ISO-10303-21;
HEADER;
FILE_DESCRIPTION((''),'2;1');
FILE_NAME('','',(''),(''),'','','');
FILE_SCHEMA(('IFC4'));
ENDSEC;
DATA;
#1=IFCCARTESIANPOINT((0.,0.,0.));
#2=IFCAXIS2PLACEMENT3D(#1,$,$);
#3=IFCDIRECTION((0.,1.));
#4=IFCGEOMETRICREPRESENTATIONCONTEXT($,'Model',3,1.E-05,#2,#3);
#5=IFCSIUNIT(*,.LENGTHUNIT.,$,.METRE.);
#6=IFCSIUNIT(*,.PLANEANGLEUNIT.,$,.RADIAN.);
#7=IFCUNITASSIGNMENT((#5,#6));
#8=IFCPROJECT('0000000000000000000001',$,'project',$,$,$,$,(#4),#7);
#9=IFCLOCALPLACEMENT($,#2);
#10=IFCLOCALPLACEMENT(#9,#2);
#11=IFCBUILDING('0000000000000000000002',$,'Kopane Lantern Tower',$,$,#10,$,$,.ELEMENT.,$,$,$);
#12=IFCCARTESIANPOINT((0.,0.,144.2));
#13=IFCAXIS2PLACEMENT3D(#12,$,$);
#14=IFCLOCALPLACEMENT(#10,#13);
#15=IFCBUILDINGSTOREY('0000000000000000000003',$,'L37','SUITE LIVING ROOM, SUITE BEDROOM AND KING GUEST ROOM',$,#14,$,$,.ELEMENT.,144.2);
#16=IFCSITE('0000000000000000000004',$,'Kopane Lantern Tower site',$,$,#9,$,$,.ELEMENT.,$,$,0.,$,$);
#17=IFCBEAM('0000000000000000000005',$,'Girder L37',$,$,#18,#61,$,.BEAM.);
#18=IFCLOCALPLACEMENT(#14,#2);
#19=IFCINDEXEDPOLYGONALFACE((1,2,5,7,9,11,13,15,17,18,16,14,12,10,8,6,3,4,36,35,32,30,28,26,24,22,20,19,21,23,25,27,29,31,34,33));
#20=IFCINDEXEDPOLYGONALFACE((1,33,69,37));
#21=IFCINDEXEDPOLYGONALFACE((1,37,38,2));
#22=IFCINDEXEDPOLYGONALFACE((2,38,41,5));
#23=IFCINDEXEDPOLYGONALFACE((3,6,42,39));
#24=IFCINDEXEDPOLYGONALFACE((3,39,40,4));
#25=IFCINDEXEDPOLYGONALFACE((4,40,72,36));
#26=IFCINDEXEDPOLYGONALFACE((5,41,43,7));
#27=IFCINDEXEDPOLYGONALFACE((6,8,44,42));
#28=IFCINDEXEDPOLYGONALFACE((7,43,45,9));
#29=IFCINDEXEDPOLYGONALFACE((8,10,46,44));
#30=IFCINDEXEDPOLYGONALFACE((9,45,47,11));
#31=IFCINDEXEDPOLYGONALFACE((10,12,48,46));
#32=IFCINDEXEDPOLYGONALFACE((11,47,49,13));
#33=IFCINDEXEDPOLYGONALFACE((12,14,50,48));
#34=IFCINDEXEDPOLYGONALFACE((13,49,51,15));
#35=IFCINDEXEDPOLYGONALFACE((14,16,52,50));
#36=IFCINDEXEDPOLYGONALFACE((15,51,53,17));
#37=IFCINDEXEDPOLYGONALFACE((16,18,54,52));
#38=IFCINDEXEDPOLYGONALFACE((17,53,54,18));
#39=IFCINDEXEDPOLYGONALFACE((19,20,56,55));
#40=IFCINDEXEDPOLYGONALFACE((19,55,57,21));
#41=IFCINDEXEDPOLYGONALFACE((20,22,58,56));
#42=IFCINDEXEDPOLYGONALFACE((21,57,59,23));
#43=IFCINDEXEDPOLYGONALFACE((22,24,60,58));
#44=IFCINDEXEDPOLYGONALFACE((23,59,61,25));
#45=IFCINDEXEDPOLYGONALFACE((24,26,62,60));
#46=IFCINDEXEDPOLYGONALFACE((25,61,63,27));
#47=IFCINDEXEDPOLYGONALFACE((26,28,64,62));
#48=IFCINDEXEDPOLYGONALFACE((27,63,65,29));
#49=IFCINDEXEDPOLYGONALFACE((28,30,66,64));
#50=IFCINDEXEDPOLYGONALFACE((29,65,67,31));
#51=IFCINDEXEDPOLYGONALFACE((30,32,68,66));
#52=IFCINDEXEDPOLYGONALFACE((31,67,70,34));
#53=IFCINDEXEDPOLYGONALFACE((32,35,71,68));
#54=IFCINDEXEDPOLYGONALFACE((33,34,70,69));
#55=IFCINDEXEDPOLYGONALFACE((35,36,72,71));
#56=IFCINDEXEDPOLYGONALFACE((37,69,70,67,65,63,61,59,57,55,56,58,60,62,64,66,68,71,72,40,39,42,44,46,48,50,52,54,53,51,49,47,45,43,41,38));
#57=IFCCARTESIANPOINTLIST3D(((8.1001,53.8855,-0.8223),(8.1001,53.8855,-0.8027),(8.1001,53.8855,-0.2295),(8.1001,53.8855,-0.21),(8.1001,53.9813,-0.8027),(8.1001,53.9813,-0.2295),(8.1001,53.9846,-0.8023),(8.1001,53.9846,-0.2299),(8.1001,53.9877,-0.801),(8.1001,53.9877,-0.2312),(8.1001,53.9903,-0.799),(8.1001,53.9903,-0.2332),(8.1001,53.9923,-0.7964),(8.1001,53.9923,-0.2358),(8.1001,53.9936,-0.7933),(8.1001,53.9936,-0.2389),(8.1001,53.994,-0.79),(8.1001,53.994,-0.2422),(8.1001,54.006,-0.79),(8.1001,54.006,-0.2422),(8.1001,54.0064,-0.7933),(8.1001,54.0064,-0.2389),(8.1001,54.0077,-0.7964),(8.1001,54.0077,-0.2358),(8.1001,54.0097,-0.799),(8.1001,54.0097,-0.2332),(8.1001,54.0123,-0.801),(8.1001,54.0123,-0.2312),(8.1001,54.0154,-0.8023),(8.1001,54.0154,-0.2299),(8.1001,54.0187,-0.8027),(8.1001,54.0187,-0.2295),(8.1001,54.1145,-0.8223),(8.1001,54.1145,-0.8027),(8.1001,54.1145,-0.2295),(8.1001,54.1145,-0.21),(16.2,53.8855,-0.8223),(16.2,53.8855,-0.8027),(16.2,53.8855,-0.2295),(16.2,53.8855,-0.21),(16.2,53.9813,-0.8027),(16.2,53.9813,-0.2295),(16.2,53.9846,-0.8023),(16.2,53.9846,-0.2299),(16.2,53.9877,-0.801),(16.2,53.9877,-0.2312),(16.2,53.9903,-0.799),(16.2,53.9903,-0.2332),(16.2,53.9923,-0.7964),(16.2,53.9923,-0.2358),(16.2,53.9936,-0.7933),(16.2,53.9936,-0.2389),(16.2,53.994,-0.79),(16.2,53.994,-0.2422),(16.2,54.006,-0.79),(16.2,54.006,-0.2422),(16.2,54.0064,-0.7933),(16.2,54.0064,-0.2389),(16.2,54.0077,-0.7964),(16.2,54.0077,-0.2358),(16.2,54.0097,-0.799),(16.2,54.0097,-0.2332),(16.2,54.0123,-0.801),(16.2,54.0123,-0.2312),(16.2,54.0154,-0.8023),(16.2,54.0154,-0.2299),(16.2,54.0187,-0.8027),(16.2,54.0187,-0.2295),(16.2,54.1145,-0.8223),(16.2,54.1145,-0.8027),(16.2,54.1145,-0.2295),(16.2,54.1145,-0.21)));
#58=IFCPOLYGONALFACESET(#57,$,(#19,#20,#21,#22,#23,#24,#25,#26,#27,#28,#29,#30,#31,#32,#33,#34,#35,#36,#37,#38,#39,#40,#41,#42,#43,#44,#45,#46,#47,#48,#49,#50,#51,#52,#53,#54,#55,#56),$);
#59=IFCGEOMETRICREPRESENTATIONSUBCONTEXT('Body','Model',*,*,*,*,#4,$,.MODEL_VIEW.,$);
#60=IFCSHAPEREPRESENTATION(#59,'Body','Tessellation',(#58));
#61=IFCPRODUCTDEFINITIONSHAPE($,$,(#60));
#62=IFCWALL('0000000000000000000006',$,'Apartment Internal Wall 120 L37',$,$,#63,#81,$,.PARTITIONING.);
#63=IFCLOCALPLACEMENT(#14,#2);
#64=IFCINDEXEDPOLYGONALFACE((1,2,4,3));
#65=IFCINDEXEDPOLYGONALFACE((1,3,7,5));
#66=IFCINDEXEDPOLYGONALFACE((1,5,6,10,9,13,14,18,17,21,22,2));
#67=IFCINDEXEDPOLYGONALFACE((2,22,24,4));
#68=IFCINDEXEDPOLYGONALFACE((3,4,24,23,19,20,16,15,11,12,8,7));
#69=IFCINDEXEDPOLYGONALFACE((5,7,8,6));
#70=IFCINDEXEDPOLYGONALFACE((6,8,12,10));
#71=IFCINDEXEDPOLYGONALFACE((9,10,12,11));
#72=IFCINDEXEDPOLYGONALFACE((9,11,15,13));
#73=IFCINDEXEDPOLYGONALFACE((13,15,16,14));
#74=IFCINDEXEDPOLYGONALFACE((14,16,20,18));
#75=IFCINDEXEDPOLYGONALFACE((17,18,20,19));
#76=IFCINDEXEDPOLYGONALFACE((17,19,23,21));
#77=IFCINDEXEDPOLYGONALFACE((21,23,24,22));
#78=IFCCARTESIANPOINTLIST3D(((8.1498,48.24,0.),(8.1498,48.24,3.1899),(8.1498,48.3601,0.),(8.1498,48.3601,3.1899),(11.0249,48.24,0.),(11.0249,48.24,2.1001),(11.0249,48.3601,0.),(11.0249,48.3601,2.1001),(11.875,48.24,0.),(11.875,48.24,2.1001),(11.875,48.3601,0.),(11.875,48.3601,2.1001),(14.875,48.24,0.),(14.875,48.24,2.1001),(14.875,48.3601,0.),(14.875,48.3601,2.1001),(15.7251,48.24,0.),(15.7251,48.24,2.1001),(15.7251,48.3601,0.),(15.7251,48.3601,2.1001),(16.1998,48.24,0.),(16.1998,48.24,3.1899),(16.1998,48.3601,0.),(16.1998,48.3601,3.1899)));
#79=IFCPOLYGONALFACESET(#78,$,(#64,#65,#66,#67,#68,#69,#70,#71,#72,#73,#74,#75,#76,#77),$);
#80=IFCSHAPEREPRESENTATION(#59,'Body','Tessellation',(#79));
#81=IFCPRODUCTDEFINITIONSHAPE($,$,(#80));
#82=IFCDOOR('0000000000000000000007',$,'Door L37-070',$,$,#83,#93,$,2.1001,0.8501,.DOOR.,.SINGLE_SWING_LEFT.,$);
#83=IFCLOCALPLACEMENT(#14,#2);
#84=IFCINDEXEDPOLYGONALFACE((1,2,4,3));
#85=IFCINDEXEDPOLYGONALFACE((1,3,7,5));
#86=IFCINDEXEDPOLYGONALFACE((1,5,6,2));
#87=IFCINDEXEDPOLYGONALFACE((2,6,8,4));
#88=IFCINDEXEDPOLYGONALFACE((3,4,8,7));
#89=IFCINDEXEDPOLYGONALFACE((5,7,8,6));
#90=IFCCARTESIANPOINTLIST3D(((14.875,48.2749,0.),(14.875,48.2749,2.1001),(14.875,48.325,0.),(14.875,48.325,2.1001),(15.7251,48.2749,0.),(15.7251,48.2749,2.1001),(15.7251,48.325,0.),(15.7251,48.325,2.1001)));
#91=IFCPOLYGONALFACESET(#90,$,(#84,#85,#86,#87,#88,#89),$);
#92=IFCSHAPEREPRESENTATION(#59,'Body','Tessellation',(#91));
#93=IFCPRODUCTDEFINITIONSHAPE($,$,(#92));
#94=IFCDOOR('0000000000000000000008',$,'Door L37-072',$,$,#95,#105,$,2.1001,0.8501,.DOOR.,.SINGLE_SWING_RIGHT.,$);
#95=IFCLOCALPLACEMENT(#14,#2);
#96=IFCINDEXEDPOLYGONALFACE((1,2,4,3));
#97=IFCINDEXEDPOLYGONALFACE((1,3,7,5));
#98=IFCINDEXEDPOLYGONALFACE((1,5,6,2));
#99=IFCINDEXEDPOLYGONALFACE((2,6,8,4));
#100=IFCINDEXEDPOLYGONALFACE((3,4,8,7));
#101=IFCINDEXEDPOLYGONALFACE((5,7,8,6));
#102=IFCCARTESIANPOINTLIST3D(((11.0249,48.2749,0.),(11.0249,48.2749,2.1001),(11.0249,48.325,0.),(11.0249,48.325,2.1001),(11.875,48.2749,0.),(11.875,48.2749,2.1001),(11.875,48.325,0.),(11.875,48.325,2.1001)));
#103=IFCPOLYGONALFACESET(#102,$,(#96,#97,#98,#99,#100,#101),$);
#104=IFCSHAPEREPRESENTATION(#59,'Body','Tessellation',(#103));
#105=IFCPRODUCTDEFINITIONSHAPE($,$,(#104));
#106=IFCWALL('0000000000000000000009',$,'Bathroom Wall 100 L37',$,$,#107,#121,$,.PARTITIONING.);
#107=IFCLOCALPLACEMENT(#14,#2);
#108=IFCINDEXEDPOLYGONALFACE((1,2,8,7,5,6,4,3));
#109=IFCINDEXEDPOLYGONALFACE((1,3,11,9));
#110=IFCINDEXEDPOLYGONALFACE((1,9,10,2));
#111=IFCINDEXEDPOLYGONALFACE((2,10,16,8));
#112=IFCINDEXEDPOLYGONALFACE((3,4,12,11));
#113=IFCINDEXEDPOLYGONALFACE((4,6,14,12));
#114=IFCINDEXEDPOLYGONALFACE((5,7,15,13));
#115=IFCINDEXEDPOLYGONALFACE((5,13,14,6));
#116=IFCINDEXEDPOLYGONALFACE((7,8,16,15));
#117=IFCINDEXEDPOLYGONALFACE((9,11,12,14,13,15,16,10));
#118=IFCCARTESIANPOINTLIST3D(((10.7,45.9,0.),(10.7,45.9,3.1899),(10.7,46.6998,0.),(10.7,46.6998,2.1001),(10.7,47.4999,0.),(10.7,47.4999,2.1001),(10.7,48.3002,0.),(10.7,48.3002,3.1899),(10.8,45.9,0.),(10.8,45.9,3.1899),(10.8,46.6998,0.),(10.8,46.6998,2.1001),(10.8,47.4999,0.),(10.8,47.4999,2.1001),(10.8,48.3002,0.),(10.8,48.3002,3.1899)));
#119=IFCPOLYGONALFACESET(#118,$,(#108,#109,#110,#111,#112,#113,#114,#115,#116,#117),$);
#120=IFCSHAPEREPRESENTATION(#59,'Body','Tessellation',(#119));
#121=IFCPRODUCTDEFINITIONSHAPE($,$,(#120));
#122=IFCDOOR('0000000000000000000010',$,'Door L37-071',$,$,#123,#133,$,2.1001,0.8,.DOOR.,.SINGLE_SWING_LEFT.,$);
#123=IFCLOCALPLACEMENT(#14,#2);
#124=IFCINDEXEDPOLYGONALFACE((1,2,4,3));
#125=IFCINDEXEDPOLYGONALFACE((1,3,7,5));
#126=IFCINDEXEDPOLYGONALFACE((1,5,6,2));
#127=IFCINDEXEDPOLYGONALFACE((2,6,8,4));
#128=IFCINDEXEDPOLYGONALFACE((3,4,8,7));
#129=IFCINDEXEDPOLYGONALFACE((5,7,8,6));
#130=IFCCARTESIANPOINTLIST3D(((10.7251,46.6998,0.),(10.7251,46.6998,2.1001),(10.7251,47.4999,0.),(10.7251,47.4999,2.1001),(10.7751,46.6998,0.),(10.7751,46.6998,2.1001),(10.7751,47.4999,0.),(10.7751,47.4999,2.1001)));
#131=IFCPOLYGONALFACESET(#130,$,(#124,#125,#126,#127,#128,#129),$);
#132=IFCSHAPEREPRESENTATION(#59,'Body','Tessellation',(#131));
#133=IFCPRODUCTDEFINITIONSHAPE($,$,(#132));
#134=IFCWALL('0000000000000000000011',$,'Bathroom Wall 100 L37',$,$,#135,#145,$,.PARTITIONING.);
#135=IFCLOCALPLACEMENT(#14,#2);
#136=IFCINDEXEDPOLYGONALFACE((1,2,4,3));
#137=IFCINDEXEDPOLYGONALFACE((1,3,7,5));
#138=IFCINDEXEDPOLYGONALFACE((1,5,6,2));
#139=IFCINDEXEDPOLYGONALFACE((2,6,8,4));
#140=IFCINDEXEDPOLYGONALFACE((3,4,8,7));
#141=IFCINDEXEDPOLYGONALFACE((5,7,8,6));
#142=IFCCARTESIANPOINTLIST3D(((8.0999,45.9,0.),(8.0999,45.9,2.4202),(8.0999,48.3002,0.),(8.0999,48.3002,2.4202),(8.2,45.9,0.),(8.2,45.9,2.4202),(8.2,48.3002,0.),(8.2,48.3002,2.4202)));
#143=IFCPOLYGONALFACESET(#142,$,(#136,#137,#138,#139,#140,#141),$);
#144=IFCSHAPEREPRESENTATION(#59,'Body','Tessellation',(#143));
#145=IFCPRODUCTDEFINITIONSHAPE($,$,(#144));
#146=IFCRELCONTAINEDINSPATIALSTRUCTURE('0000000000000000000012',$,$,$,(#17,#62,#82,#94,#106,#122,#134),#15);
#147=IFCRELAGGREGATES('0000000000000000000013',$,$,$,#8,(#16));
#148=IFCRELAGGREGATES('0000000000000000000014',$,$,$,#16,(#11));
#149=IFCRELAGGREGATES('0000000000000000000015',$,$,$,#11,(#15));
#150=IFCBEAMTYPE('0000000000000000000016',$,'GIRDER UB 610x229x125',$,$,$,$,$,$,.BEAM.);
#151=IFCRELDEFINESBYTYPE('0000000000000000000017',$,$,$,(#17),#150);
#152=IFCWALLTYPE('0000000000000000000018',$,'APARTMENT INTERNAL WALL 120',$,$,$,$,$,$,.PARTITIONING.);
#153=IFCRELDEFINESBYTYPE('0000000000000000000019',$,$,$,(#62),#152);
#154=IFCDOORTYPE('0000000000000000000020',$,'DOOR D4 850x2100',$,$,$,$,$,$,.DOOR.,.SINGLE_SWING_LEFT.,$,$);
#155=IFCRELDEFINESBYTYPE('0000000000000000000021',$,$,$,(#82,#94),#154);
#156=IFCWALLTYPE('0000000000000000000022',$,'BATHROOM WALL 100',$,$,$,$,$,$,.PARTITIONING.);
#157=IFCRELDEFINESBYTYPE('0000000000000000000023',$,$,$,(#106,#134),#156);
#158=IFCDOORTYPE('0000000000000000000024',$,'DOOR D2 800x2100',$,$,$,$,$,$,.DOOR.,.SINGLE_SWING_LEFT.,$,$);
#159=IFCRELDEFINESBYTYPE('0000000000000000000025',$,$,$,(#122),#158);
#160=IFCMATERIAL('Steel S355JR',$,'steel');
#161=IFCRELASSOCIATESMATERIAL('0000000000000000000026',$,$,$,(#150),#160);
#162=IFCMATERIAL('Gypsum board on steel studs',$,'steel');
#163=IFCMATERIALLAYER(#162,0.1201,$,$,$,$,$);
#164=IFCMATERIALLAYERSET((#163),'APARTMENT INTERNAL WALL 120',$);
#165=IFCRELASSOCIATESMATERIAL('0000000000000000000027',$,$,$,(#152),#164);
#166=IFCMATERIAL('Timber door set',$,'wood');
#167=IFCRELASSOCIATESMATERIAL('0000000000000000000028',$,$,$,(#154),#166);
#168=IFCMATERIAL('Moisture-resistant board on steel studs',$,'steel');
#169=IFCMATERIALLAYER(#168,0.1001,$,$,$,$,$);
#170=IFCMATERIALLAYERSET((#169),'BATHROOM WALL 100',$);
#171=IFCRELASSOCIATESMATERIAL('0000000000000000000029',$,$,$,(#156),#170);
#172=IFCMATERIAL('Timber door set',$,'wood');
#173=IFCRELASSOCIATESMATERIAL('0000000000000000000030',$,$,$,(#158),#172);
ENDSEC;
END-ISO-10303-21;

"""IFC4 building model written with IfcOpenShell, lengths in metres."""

from ifc_helpers import new_model, si_unit, direction, frame, frame_2d, origin, origin_2d, place, context, subcontext, project, spatial, rectangle, i_section, extrude, material, layer, layer_set, material_profile, profile_set, type_object, element, fill, save


model = new_model("IFC4")

# Units and contexts
model_context = context("Model", 3, precision=1e-05, world=origin(), true_north=direction((0.0, 1.0)))
body_context = subcontext(model_context, "Body", "Model", "MODEL_VIEW")
ifc_project = project(units=[si_unit("LENGTHUNIT", "METRE"), si_unit("PLANEANGLEUNIT", "RADIAN")], contexts=[model_context])

# Site, building, storey
site_placement = place(None, origin())
site = spatial("IfcSite", under=ifc_project, at=site_placement, Name="Kopane Lantern Tower site", CompositionType="ELEMENT", RefElevation=0.0)
building_placement = place(site_placement, origin())
building = spatial("IfcBuilding", under=site, at=building_placement, Name="Kopane Lantern Tower", CompositionType="ELEMENT")
storey_placement = place(building_placement, frame((0.0, 0.0, 144.2)))
storey = spatial("IfcBuildingStorey", under=building, at=storey_placement, Name="L37", Description="SUITE LIVING ROOM, SUITE BEDROOM AND KING GUEST ROOM", CompositionType="ELEMENT", Elevation=144.2)

# Beam
ifc_material_1 = material(Name="Steel S355JR", Category="steel")
ifc_material_profile_1 = material_profile(ifc_material_1, i_section(OverallWidth=0.229, OverallDepth=0.6123, WebThickness=0.012, FlangeThickness=0.0195, FilletRadius=0.0127, at=origin_2d()), Name="UB 610x229x125")
ifc_profile_set_1 = profile_set([ifc_material_profile_1], Name="Steel S355JR")
beam_type_1 = type_object("IfcBeamType", Name="GIRDER UB 610x229x125", PredefinedType="BEAM", material=ifc_profile_set_1)
beam_1_placement = place(storey_placement, frame((8.1001, 54.0, -0.5161), z_axis=(1.0, 0.0, 0.0), x_axis=(0.0, 1.0, 0.0)))
element("IfcBeam", 1, at=beam_1_placement, inside=storey, type_object=beam_type_1, Name="Girder L37", PredefinedType="BEAM", context=body_context, shape_type="SweptSolid", body=[
    extrude(i_section(OverallWidth=0.229, OverallDepth=0.6123, WebThickness=0.012, FlangeThickness=0.0195, FilletRadius=0.0127, at=origin_2d()), origin(), (0.0, 0.0, 1.0), 8.0999),
])

# Wall, openings, doors
ifc_material_2 = material(Name="Gypsum board on steel studs", Category="steel")
ifc_layer_1 = layer(ifc_material_2, 0.1201)
ifc_layer_set_1 = layer_set([ifc_layer_1], Name="APARTMENT INTERNAL WALL 120")
wall_type_1 = type_object("IfcWallType", Name="APARTMENT INTERNAL WALL 120", PredefinedType="PARTITIONING", material=ifc_layer_set_1)
wall_1_placement = place(storey_placement, frame((8.1499, 48.3, 0.0), z_axis=(0.0, 0.0, 1.0), x_axis=(1.0, 0.0, 0.0)))
wall_1 = element("IfcWall", 2, at=wall_1_placement, inside=storey, type_object=wall_type_1, Name="Apartment Internal Wall 120 L37", PredefinedType="PARTITIONING", context=body_context, shape_type="SweptSolid", body=[
    extrude(rectangle(XDim=8.05, YDim=0.1201, at=frame_2d((4.0249, 0.0))), origin(), (0.0, 0.0, 1.0), 3.1899),
])
opening_1_placement = place(wall_1_placement, frame((6.7251, 0.0, 0.0)))
opening_1 = element("IfcOpeningElement", 3, at=opening_1_placement, cuts=wall_1, PredefinedType="OPENING", context=body_context, shape_type="SweptSolid", body=[
    extrude(rectangle(XDim=0.8501, YDim=2.1001, at=frame_2d((0.425, 1.05))), frame((0.0, 0.0701, 0.0), z_axis=(0.0, -1.0, 0.0), x_axis=(1.0, 0.0, 0.0)), (0.0, 0.0, 1.0), 0.1401),
])
opening_2_placement = place(wall_1_placement, frame((2.875, 0.0, 0.0)))
opening_2 = element("IfcOpeningElement", 4, at=opening_2_placement, cuts=wall_1, PredefinedType="OPENING", context=body_context, shape_type="SweptSolid", body=[
    extrude(rectangle(XDim=0.8501, YDim=2.1001, at=frame_2d((0.425, 1.05))), frame((0.0, 0.0701, 0.0), z_axis=(0.0, -1.0, 0.0), x_axis=(1.0, 0.0, 0.0)), (0.0, 0.0, 1.0), 0.1401),
])
ifc_material_3 = material(Name="Timber door set", Category="wood")
door_type_1 = type_object("IfcDoorType", Name="DOOR D4 850x2100", OperationType="SINGLE_SWING_LEFT", PredefinedType="DOOR", material=ifc_material_3)
door_1_placement = place(opening_1_placement, origin())
door_1 = element("IfcDoor", 5, at=door_1_placement, inside=storey, type_object=door_type_1, Name="Door L37-070", OperationType="SINGLE_SWING_LEFT", OverallHeight=2.1001, OverallWidth=0.8501, PredefinedType="DOOR", context=body_context, shape_type="SweptSolid", body=[
    extrude(rectangle(XDim=0.8501, YDim=2.1001, at=frame_2d((0.425, 1.05))), frame((0.0, 0.0249, 0.0), z_axis=(0.0, -1.0, 0.0), x_axis=(1.0, 0.0, 0.0)), (0.0, 0.0, 1.0), 0.05),
])
fill(opening_1, door_1)
door_2_placement = place(opening_2_placement, origin())
door_2 = element("IfcDoor", 6, at=door_2_placement, inside=storey, type_object=door_type_1, Name="Door L37-072", OperationType="SINGLE_SWING_RIGHT", OverallHeight=2.1001, OverallWidth=0.8501, PredefinedType="DOOR", context=body_context, shape_type="SweptSolid", body=[
    extrude(rectangle(XDim=0.8501, YDim=2.1001, at=frame_2d((0.425, 1.05))), frame((0.0, 0.0249, 0.0), z_axis=(0.0, -1.0, 0.0), x_axis=(1.0, 0.0, 0.0)), (0.0, 0.0, 1.0), 0.05),
])
fill(opening_2, door_2)

# Wall, opening, door
ifc_material_4 = material(Name="Moisture-resistant board on steel studs", Category="steel")
ifc_layer_2 = layer(ifc_material_4, 0.1001)
ifc_layer_set_2 = layer_set([ifc_layer_2], Name="BATHROOM WALL 100")
wall_type_2 = type_object("IfcWallType", Name="BATHROOM WALL 100", PredefinedType="PARTITIONING", material=ifc_layer_set_2)
wall_2_placement = place(storey_placement, frame((10.75, 45.8999, 0.0), z_axis=(0.0, 0.0, 1.0), x_axis=(0.0, 1.0, 0.0)))
wall_2 = element("IfcWall", 7, at=wall_2_placement, inside=storey, type_object=wall_type_2, Name="Bathroom Wall 100 L37", PredefinedType="PARTITIONING", context=body_context, shape_type="SweptSolid", body=[
    extrude(rectangle(XDim=2.4001, YDim=0.1001, at=frame_2d((1.2002, 0.0))), origin(), (0.0, 0.0, 1.0), 3.1899),
])
opening_3_placement = place(wall_2_placement, frame((0.8, 0.0, 0.0)))
opening_3 = element("IfcOpeningElement", 8, at=opening_3_placement, cuts=wall_2, PredefinedType="OPENING", context=body_context, shape_type="SweptSolid", body=[
    extrude(rectangle(XDim=0.8, YDim=2.1001, at=frame_2d((0.3999, 1.05))), frame((0.0, 0.0601, 0.0), z_axis=(0.0, -1.0, 0.0), x_axis=(1.0, 0.0, 0.0)), (0.0, 0.0, 1.0), 0.1201),
])
ifc_material_5 = material(Name="Timber door set", Category="wood")
door_type_2 = type_object("IfcDoorType", Name="DOOR D2 800x2100", OperationType="SINGLE_SWING_LEFT", PredefinedType="DOOR", material=ifc_material_5)
door_3_placement = place(opening_3_placement, origin())
door_3 = element("IfcDoor", 9, at=door_3_placement, inside=storey, type_object=door_type_2, Name="Door L37-071", OperationType="SINGLE_SWING_LEFT", OverallHeight=2.1001, OverallWidth=0.8, PredefinedType="DOOR", context=body_context, shape_type="SweptSolid", body=[
    extrude(rectangle(XDim=0.8, YDim=2.1001, at=frame_2d((0.3999, 1.05))), frame((0.0, 0.0249, 0.0), z_axis=(0.0, -1.0, 0.0), x_axis=(1.0, 0.0, 0.0)), (0.0, 0.0, 1.0), 0.05),
])
fill(opening_3, door_3)

# Wall
wall_3_placement = place(storey_placement, frame((8.1499, 45.8999, 0.0), z_axis=(0.0, 0.0, 1.0), x_axis=(0.0, 1.0, 0.0)))
element("IfcWall", 10, at=wall_3_placement, inside=storey, type_object=wall_type_2, Name="Bathroom Wall 100 L37", PredefinedType="PARTITIONING", context=body_context, shape_type="SweptSolid", body=[
    extrude(rectangle(XDim=2.4001, YDim=0.1001, at=frame_2d((1.2002, 0.0))), origin(), (0.0, 0.0, 1.0), 2.4202),
])

save(model, "model.ifc")
